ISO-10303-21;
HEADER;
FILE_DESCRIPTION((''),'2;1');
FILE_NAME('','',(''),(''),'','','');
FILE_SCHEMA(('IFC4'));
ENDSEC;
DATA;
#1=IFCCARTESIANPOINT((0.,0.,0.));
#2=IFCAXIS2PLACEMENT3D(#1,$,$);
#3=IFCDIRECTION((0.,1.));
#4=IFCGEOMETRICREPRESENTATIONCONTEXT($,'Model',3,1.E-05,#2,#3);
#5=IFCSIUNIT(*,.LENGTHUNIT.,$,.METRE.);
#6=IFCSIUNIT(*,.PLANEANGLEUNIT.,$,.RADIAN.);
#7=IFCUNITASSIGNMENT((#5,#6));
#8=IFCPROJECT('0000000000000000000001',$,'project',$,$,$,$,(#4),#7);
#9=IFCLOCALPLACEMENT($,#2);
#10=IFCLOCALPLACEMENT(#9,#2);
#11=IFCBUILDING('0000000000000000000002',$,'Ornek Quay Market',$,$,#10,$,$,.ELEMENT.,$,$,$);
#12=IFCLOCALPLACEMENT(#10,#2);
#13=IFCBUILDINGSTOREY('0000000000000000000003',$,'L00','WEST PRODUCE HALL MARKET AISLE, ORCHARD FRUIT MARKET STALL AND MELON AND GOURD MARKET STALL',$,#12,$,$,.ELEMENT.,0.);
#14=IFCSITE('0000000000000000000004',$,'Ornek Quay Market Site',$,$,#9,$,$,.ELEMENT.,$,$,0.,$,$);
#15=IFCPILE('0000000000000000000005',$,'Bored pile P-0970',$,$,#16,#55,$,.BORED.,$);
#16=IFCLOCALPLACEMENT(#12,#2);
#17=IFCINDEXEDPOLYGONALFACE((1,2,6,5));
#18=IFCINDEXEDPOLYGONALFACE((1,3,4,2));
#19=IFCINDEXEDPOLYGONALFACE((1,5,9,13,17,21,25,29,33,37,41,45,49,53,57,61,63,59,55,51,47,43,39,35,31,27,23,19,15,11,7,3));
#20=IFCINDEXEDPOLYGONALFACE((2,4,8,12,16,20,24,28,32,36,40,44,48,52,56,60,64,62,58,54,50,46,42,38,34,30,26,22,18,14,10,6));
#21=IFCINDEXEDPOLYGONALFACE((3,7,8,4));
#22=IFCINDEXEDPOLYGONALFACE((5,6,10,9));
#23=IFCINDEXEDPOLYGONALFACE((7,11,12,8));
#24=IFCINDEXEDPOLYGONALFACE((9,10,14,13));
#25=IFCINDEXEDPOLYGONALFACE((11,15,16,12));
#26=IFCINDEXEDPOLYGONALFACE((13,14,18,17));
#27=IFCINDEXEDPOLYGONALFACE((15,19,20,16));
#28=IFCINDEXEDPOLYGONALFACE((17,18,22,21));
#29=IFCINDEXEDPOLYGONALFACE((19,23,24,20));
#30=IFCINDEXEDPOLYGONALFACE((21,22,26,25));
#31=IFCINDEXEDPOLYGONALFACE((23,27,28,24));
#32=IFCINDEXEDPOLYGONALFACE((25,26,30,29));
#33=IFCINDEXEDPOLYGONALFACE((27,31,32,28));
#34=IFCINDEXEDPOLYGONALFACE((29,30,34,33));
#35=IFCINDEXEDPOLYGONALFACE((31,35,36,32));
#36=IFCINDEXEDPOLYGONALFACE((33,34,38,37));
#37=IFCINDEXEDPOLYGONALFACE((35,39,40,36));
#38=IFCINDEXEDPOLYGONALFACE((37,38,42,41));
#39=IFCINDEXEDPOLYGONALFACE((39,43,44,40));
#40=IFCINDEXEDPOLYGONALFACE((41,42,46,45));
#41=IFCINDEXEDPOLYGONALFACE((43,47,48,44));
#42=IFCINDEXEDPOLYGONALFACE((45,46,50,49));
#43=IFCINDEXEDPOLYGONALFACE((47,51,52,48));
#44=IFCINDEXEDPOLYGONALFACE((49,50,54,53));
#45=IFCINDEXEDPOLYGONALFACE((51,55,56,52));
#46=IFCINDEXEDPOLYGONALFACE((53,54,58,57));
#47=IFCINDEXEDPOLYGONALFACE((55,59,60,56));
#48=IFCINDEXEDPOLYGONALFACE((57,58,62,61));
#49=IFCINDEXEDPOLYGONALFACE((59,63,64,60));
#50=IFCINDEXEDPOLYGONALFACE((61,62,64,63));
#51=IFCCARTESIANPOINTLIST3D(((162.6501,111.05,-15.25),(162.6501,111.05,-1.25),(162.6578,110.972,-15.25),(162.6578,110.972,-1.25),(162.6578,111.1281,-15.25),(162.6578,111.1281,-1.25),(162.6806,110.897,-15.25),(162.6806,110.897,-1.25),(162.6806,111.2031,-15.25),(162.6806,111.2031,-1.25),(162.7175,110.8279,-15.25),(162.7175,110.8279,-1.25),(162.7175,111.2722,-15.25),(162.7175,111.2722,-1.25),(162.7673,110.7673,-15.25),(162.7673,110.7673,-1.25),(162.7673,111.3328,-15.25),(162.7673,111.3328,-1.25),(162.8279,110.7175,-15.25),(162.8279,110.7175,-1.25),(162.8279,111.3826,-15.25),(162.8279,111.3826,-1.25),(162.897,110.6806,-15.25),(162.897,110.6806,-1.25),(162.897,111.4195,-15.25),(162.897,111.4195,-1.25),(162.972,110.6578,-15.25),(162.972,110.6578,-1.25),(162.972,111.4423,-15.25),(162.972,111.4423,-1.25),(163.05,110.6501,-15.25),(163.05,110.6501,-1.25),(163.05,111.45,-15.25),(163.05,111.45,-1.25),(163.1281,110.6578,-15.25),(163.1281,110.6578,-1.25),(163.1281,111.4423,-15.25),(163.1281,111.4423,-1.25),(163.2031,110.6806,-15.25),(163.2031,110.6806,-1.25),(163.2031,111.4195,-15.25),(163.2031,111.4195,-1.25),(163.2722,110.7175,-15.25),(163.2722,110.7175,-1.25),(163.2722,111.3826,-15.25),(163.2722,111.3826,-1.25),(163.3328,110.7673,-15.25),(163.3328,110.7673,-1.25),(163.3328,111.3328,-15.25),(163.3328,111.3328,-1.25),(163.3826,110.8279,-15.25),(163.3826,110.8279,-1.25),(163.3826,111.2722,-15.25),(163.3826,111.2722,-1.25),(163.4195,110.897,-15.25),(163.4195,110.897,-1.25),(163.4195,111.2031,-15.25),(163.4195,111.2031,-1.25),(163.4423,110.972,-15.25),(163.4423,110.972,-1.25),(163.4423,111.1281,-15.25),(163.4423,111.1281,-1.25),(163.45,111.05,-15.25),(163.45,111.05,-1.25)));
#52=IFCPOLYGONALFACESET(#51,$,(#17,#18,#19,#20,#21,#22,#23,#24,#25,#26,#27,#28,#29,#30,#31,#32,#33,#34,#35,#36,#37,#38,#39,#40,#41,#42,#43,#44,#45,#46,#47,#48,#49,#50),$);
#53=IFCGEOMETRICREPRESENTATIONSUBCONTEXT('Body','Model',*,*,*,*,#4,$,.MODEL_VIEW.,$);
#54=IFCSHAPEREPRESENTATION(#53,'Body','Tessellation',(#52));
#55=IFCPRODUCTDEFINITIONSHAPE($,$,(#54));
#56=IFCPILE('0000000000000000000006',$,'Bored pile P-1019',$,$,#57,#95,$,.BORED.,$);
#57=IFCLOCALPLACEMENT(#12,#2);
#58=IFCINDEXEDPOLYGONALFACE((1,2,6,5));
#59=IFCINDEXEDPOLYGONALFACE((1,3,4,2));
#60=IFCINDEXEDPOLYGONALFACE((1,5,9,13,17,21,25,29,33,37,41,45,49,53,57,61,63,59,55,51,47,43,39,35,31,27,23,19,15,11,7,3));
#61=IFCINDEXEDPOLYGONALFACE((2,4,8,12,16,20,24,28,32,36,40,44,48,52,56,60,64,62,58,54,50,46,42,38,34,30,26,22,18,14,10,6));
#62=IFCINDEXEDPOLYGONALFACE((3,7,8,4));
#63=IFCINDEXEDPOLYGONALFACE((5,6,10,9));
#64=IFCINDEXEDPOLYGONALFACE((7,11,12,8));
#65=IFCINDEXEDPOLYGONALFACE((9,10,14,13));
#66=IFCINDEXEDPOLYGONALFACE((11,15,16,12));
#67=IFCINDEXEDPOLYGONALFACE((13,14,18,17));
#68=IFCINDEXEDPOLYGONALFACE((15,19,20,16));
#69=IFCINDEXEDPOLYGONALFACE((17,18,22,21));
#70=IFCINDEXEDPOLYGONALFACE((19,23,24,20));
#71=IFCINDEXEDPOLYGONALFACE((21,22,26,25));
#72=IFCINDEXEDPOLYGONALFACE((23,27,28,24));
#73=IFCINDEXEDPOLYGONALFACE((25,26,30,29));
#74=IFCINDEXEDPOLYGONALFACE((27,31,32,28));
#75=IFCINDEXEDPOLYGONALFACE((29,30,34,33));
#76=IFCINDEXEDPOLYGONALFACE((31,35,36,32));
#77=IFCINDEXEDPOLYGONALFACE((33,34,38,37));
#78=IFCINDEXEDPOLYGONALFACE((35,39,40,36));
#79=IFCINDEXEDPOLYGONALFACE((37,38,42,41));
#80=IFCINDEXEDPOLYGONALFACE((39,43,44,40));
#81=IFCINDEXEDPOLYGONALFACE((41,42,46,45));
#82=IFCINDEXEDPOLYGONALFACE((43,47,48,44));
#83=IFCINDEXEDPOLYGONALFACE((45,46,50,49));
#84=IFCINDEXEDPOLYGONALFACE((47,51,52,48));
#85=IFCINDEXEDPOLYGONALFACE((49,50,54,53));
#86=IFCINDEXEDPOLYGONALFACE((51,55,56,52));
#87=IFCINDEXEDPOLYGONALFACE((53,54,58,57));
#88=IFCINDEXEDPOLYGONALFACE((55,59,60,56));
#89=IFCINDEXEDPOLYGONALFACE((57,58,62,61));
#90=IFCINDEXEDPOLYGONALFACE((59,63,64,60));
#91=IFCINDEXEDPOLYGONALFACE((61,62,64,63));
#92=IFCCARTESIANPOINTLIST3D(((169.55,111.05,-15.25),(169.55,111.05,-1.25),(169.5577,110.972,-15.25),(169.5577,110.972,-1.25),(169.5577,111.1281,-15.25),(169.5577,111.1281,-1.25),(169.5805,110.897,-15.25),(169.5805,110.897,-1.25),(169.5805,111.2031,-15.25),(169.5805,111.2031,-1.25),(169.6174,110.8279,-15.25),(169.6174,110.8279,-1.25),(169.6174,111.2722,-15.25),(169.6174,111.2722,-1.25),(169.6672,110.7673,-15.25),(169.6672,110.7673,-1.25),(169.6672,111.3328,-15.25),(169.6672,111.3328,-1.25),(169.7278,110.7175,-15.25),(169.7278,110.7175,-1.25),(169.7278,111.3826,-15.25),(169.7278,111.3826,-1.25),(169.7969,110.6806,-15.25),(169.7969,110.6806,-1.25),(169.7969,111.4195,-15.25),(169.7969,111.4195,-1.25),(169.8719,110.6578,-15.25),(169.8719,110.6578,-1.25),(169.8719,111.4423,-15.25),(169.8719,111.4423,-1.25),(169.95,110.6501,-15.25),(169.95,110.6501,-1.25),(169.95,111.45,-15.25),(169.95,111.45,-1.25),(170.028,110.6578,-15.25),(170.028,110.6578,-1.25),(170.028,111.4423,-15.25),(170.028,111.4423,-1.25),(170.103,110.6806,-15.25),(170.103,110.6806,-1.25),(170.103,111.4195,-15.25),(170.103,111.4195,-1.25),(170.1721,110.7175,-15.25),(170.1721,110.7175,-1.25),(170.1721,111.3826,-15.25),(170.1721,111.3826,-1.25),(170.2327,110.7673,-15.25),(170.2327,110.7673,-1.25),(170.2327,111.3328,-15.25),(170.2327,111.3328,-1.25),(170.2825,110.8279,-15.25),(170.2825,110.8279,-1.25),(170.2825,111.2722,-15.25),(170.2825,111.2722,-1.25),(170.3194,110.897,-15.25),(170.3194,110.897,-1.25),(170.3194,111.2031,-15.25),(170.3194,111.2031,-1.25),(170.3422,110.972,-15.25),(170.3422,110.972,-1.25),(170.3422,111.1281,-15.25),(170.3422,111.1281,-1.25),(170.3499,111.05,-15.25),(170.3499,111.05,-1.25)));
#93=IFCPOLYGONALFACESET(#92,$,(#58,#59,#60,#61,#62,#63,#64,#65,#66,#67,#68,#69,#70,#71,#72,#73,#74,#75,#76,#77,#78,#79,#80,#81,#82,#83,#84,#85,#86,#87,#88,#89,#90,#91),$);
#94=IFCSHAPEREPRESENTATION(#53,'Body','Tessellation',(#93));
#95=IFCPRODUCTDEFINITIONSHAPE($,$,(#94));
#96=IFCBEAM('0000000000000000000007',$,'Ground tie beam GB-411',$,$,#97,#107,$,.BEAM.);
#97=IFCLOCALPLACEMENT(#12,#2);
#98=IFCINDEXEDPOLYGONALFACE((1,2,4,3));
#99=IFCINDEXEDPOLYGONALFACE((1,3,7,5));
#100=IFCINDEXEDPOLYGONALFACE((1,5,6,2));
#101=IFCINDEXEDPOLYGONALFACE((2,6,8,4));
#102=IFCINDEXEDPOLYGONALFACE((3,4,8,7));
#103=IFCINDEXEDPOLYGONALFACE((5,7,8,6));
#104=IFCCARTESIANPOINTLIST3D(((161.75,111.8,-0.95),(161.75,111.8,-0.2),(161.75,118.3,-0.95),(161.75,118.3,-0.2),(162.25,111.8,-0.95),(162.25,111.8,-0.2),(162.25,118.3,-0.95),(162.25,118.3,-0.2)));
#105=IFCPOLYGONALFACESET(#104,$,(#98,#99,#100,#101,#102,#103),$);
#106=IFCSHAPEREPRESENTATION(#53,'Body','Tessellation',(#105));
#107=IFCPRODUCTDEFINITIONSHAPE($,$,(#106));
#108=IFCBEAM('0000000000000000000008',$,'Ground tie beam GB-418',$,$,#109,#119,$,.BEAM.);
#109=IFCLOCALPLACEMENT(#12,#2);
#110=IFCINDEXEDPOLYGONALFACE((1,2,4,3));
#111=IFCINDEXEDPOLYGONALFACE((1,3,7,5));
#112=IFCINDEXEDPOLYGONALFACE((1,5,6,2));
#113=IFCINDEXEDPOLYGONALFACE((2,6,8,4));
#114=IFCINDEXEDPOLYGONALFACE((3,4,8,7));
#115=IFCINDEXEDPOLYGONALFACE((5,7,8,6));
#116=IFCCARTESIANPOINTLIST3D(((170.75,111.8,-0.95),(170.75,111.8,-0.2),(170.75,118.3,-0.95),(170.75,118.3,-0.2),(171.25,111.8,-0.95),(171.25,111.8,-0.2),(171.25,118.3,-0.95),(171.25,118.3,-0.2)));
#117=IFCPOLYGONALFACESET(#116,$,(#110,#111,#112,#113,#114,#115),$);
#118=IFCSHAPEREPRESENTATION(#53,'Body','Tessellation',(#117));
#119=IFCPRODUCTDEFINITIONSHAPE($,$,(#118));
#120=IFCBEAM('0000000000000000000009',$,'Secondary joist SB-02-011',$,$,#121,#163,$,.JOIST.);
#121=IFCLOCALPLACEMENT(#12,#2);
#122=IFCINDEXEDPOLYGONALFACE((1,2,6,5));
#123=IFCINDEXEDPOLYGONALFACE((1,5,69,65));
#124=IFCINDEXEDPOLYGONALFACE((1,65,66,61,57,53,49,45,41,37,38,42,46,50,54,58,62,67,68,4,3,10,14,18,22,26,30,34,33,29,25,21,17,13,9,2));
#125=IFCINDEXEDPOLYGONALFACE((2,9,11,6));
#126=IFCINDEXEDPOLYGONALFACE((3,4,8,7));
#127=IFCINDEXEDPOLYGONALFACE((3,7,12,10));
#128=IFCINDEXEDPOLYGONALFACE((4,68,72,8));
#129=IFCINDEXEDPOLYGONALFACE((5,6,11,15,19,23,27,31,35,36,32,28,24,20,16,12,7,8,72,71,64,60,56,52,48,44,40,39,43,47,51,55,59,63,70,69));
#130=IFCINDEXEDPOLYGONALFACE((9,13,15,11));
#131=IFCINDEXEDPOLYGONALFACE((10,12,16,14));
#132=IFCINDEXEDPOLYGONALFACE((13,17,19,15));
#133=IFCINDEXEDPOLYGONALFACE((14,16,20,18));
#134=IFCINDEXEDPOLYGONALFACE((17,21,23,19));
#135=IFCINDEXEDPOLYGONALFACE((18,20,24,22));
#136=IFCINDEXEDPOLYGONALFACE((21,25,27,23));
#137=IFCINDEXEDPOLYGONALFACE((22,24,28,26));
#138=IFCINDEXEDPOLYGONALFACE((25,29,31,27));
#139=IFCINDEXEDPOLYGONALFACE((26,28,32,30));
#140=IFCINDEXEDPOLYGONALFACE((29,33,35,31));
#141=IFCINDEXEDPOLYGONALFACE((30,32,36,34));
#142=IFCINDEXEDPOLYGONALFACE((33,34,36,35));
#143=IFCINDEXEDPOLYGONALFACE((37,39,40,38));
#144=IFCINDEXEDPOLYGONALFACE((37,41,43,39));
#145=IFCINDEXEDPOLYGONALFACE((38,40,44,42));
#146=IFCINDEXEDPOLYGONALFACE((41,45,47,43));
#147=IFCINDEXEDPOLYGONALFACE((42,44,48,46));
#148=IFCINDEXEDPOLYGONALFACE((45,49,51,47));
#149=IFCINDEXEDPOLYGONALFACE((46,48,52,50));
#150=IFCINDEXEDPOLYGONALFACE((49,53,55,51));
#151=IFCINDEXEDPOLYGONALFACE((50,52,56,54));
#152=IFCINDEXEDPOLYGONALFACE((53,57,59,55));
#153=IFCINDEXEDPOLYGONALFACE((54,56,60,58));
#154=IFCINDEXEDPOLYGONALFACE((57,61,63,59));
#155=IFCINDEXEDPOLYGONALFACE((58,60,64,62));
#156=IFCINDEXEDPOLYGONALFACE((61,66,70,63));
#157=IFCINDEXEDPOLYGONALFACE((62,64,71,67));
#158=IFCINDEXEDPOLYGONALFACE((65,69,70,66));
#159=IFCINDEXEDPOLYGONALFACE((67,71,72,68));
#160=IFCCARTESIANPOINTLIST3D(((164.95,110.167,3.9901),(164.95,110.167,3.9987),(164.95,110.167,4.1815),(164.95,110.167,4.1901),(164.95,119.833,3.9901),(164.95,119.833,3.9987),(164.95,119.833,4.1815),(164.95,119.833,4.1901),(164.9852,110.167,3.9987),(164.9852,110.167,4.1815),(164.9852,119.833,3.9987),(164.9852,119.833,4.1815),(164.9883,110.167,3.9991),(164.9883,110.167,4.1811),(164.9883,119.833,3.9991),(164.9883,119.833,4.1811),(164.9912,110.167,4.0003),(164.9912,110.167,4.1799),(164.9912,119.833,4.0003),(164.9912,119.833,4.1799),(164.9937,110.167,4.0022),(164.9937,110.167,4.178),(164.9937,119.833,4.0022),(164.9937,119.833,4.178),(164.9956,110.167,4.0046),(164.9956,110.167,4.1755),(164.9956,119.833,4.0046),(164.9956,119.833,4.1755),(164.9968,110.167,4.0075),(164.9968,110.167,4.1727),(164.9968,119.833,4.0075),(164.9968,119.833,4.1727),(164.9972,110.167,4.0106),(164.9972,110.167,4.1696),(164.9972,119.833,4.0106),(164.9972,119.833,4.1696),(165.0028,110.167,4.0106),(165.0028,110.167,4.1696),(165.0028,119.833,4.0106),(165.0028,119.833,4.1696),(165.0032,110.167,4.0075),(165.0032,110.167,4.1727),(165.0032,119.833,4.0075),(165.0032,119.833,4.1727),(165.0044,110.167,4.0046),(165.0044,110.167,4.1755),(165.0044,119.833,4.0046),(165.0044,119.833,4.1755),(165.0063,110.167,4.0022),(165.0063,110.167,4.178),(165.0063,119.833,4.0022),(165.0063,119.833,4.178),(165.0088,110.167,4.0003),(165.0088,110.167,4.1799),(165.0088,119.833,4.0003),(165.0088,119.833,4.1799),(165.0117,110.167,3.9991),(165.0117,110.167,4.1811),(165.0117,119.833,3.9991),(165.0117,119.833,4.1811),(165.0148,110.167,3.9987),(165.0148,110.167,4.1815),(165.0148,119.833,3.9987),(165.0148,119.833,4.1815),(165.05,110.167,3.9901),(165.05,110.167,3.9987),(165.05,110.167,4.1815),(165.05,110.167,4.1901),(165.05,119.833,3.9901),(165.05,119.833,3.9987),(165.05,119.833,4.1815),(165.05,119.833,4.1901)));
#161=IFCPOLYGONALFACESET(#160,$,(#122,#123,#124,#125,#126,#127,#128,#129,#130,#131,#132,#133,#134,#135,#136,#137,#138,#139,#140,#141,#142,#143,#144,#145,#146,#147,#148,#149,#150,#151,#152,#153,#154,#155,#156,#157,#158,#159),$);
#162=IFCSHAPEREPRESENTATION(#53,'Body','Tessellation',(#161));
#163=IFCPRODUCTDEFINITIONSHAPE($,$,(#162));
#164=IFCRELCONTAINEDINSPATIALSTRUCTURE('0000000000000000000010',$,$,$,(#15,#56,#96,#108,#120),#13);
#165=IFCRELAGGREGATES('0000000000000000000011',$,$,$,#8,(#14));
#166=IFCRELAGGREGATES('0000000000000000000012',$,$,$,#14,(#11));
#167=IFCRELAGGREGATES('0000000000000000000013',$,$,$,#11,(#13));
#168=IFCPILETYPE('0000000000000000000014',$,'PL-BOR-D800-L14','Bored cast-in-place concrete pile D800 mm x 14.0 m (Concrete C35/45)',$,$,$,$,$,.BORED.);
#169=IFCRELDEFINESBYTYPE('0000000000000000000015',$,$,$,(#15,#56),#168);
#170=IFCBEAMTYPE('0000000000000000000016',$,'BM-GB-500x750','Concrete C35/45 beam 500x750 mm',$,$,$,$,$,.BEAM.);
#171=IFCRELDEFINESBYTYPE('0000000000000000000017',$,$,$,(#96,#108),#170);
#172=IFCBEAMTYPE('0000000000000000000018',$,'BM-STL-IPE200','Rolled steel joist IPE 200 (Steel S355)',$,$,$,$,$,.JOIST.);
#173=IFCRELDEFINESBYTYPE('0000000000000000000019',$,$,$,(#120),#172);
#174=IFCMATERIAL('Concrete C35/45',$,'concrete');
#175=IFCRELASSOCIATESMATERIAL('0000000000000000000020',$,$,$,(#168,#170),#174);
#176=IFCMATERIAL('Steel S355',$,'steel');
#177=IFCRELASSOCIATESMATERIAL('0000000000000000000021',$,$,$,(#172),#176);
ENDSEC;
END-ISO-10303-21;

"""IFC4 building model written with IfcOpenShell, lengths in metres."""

from ifc_helpers import new_model, si_unit, direction, frame, origin, origin_2d, place, context, subcontext, project, spatial, rectangle, circle, i_section, extrude, material, material_profile, profile_set, type_object, element, save


model = new_model("IFC4")

# Units and contexts
model_context = context("Model", 3, precision=1e-05, world=origin(), true_north=direction((0.0, 1.0)))
body_context = subcontext(model_context, "Body", "Model", "MODEL_VIEW")
ifc_project = project(units=[si_unit("LENGTHUNIT", "METRE"), si_unit("PLANEANGLEUNIT", "RADIAN")], contexts=[model_context])

# Site, building, storey
site_placement = place(None, origin())
site = spatial("IfcSite", under=ifc_project, at=site_placement, Name="Ornek Quay Market Site", CompositionType="ELEMENT", RefElevation=0.0)
building_placement = place(site_placement, origin())
building = spatial("IfcBuilding", under=site, at=building_placement, Name="Ornek Quay Market", CompositionType="ELEMENT")
storey_placement = place(building_placement, origin())
storey = spatial("IfcBuildingStorey", under=building, at=storey_placement, Name="L00", Description="WEST PRODUCE HALL MARKET AISLE, ORCHARD FRUIT MARKET STALL AND MELON AND GOURD MARKET STALL", CompositionType="ELEMENT", Elevation=0.0)

# Piles
ifc_material_1 = material(Name="Concrete C35/45", Category="concrete")
ifc_material_profile_1 = material_profile(ifc_material_1, circle(Radius=0.3999, at=origin_2d()), Name="PILE D800", Category="concrete")
ifc_profile_set_1 = profile_set([ifc_material_profile_1], Name="Concrete C35/45")
pile_type = type_object("IfcPileType", Name="PL-BOR-D800-L14", Description="Bored cast-in-place concrete pile D800 mm x 14.0 m (Concrete C35/45)", PredefinedType="BORED", material=ifc_profile_set_1)
for number, where, z_axis, x_axis, name in (
    (1, (163.05, 111.05, -1.25), (0.0, 0.0, -1.0), (1.0, 0.0, 0.0), "Bored pile P-0970"),
    (2, (169.95, 111.05, -1.25), (0.0, 0.0, -1.0), (1.0, 0.0, 0.0), "Bored pile P-1019"),
):
    element("IfcPile", number, at=place(storey_placement, frame(where, z_axis=z_axis, x_axis=x_axis)), inside=storey, type_object=pile_type, Name=name, PredefinedType="BORED", context=body_context, shape_type="SweptSolid", body=[
        extrude(circle(Radius=0.3999, at=origin_2d()), origin(), (0.0, 0.0, 1.0), 14.0),
    ])

# Beams
ifc_material_profile_2 = material_profile(ifc_material_1, rectangle(XDim=0.5, YDim=0.75, at=origin_2d()), Name="RC 500x750", Category="concrete")
ifc_profile_set_2 = profile_set([ifc_material_profile_2], Name="Concrete C35/45")
beam_type_1 = type_object("IfcBeamType", Name="BM-GB-500x750", Description="Concrete C35/45 beam 500x750 mm", PredefinedType="BEAM", material=ifc_profile_set_2)
for number, where, z_axis, x_axis, name in (
    (3, (162.0, 111.8, -0.575), (0.0, 1.0, 0.0), (-1.0, 0.0, 0.0), "Ground tie beam GB-411"),
    (4, (171.0, 111.8, -0.575), (0.0, 1.0, 0.0), (-1.0, 0.0, 0.0), "Ground tie beam GB-418"),
):
    element("IfcBeam", number, at=place(storey_placement, frame(where, z_axis=z_axis, x_axis=x_axis)), inside=storey, type_object=beam_type_1, Name=name, PredefinedType="BEAM", context=body_context, shape_type="SweptSolid", body=[
        extrude(rectangle(XDim=0.5, YDim=0.75, at=origin_2d()), origin(), (0.0, 0.0, 1.0), 6.5),
    ])
ifc_material_2 = material(Name="Steel S355", Category="steel")
ifc_material_profile_3 = material_profile(ifc_material_2, i_section(OverallWidth=0.1001, OverallDepth=0.2, WebThickness=0.0056, FlangeThickness=0.0085, FilletRadius=0.012, at=origin_2d()), Name="IPE 200", Category="steel")
ifc_profile_set_3 = profile_set([ifc_material_profile_3], Name="Steel S355")
beam_type_2 = type_object("IfcBeamType", Name="BM-STL-IPE200", Description="Rolled steel joist IPE 200 (Steel S355)", PredefinedType="JOIST", material=ifc_profile_set_3)
for number, where, z_axis, x_axis, name in (
    (5, (165.0, 110.167, 4.0901), (0.0, 1.0, 0.0), (-1.0, 0.0, 0.0), "Secondary joist SB-02-011"),
):
    element("IfcBeam", number, at=place(storey_placement, frame(where, z_axis=z_axis, x_axis=x_axis)), inside=storey, type_object=beam_type_2, Name=name, PredefinedType="JOIST", context=body_context, shape_type="SweptSolid", body=[
        extrude(i_section(OverallWidth=0.1001, OverallDepth=0.2, WebThickness=0.0056, FlangeThickness=0.0085, FilletRadius=0.012, at=origin_2d()), origin(), (0.0, 0.0, 1.0), 9.666),
    ])

save(model, "model.ifc")
